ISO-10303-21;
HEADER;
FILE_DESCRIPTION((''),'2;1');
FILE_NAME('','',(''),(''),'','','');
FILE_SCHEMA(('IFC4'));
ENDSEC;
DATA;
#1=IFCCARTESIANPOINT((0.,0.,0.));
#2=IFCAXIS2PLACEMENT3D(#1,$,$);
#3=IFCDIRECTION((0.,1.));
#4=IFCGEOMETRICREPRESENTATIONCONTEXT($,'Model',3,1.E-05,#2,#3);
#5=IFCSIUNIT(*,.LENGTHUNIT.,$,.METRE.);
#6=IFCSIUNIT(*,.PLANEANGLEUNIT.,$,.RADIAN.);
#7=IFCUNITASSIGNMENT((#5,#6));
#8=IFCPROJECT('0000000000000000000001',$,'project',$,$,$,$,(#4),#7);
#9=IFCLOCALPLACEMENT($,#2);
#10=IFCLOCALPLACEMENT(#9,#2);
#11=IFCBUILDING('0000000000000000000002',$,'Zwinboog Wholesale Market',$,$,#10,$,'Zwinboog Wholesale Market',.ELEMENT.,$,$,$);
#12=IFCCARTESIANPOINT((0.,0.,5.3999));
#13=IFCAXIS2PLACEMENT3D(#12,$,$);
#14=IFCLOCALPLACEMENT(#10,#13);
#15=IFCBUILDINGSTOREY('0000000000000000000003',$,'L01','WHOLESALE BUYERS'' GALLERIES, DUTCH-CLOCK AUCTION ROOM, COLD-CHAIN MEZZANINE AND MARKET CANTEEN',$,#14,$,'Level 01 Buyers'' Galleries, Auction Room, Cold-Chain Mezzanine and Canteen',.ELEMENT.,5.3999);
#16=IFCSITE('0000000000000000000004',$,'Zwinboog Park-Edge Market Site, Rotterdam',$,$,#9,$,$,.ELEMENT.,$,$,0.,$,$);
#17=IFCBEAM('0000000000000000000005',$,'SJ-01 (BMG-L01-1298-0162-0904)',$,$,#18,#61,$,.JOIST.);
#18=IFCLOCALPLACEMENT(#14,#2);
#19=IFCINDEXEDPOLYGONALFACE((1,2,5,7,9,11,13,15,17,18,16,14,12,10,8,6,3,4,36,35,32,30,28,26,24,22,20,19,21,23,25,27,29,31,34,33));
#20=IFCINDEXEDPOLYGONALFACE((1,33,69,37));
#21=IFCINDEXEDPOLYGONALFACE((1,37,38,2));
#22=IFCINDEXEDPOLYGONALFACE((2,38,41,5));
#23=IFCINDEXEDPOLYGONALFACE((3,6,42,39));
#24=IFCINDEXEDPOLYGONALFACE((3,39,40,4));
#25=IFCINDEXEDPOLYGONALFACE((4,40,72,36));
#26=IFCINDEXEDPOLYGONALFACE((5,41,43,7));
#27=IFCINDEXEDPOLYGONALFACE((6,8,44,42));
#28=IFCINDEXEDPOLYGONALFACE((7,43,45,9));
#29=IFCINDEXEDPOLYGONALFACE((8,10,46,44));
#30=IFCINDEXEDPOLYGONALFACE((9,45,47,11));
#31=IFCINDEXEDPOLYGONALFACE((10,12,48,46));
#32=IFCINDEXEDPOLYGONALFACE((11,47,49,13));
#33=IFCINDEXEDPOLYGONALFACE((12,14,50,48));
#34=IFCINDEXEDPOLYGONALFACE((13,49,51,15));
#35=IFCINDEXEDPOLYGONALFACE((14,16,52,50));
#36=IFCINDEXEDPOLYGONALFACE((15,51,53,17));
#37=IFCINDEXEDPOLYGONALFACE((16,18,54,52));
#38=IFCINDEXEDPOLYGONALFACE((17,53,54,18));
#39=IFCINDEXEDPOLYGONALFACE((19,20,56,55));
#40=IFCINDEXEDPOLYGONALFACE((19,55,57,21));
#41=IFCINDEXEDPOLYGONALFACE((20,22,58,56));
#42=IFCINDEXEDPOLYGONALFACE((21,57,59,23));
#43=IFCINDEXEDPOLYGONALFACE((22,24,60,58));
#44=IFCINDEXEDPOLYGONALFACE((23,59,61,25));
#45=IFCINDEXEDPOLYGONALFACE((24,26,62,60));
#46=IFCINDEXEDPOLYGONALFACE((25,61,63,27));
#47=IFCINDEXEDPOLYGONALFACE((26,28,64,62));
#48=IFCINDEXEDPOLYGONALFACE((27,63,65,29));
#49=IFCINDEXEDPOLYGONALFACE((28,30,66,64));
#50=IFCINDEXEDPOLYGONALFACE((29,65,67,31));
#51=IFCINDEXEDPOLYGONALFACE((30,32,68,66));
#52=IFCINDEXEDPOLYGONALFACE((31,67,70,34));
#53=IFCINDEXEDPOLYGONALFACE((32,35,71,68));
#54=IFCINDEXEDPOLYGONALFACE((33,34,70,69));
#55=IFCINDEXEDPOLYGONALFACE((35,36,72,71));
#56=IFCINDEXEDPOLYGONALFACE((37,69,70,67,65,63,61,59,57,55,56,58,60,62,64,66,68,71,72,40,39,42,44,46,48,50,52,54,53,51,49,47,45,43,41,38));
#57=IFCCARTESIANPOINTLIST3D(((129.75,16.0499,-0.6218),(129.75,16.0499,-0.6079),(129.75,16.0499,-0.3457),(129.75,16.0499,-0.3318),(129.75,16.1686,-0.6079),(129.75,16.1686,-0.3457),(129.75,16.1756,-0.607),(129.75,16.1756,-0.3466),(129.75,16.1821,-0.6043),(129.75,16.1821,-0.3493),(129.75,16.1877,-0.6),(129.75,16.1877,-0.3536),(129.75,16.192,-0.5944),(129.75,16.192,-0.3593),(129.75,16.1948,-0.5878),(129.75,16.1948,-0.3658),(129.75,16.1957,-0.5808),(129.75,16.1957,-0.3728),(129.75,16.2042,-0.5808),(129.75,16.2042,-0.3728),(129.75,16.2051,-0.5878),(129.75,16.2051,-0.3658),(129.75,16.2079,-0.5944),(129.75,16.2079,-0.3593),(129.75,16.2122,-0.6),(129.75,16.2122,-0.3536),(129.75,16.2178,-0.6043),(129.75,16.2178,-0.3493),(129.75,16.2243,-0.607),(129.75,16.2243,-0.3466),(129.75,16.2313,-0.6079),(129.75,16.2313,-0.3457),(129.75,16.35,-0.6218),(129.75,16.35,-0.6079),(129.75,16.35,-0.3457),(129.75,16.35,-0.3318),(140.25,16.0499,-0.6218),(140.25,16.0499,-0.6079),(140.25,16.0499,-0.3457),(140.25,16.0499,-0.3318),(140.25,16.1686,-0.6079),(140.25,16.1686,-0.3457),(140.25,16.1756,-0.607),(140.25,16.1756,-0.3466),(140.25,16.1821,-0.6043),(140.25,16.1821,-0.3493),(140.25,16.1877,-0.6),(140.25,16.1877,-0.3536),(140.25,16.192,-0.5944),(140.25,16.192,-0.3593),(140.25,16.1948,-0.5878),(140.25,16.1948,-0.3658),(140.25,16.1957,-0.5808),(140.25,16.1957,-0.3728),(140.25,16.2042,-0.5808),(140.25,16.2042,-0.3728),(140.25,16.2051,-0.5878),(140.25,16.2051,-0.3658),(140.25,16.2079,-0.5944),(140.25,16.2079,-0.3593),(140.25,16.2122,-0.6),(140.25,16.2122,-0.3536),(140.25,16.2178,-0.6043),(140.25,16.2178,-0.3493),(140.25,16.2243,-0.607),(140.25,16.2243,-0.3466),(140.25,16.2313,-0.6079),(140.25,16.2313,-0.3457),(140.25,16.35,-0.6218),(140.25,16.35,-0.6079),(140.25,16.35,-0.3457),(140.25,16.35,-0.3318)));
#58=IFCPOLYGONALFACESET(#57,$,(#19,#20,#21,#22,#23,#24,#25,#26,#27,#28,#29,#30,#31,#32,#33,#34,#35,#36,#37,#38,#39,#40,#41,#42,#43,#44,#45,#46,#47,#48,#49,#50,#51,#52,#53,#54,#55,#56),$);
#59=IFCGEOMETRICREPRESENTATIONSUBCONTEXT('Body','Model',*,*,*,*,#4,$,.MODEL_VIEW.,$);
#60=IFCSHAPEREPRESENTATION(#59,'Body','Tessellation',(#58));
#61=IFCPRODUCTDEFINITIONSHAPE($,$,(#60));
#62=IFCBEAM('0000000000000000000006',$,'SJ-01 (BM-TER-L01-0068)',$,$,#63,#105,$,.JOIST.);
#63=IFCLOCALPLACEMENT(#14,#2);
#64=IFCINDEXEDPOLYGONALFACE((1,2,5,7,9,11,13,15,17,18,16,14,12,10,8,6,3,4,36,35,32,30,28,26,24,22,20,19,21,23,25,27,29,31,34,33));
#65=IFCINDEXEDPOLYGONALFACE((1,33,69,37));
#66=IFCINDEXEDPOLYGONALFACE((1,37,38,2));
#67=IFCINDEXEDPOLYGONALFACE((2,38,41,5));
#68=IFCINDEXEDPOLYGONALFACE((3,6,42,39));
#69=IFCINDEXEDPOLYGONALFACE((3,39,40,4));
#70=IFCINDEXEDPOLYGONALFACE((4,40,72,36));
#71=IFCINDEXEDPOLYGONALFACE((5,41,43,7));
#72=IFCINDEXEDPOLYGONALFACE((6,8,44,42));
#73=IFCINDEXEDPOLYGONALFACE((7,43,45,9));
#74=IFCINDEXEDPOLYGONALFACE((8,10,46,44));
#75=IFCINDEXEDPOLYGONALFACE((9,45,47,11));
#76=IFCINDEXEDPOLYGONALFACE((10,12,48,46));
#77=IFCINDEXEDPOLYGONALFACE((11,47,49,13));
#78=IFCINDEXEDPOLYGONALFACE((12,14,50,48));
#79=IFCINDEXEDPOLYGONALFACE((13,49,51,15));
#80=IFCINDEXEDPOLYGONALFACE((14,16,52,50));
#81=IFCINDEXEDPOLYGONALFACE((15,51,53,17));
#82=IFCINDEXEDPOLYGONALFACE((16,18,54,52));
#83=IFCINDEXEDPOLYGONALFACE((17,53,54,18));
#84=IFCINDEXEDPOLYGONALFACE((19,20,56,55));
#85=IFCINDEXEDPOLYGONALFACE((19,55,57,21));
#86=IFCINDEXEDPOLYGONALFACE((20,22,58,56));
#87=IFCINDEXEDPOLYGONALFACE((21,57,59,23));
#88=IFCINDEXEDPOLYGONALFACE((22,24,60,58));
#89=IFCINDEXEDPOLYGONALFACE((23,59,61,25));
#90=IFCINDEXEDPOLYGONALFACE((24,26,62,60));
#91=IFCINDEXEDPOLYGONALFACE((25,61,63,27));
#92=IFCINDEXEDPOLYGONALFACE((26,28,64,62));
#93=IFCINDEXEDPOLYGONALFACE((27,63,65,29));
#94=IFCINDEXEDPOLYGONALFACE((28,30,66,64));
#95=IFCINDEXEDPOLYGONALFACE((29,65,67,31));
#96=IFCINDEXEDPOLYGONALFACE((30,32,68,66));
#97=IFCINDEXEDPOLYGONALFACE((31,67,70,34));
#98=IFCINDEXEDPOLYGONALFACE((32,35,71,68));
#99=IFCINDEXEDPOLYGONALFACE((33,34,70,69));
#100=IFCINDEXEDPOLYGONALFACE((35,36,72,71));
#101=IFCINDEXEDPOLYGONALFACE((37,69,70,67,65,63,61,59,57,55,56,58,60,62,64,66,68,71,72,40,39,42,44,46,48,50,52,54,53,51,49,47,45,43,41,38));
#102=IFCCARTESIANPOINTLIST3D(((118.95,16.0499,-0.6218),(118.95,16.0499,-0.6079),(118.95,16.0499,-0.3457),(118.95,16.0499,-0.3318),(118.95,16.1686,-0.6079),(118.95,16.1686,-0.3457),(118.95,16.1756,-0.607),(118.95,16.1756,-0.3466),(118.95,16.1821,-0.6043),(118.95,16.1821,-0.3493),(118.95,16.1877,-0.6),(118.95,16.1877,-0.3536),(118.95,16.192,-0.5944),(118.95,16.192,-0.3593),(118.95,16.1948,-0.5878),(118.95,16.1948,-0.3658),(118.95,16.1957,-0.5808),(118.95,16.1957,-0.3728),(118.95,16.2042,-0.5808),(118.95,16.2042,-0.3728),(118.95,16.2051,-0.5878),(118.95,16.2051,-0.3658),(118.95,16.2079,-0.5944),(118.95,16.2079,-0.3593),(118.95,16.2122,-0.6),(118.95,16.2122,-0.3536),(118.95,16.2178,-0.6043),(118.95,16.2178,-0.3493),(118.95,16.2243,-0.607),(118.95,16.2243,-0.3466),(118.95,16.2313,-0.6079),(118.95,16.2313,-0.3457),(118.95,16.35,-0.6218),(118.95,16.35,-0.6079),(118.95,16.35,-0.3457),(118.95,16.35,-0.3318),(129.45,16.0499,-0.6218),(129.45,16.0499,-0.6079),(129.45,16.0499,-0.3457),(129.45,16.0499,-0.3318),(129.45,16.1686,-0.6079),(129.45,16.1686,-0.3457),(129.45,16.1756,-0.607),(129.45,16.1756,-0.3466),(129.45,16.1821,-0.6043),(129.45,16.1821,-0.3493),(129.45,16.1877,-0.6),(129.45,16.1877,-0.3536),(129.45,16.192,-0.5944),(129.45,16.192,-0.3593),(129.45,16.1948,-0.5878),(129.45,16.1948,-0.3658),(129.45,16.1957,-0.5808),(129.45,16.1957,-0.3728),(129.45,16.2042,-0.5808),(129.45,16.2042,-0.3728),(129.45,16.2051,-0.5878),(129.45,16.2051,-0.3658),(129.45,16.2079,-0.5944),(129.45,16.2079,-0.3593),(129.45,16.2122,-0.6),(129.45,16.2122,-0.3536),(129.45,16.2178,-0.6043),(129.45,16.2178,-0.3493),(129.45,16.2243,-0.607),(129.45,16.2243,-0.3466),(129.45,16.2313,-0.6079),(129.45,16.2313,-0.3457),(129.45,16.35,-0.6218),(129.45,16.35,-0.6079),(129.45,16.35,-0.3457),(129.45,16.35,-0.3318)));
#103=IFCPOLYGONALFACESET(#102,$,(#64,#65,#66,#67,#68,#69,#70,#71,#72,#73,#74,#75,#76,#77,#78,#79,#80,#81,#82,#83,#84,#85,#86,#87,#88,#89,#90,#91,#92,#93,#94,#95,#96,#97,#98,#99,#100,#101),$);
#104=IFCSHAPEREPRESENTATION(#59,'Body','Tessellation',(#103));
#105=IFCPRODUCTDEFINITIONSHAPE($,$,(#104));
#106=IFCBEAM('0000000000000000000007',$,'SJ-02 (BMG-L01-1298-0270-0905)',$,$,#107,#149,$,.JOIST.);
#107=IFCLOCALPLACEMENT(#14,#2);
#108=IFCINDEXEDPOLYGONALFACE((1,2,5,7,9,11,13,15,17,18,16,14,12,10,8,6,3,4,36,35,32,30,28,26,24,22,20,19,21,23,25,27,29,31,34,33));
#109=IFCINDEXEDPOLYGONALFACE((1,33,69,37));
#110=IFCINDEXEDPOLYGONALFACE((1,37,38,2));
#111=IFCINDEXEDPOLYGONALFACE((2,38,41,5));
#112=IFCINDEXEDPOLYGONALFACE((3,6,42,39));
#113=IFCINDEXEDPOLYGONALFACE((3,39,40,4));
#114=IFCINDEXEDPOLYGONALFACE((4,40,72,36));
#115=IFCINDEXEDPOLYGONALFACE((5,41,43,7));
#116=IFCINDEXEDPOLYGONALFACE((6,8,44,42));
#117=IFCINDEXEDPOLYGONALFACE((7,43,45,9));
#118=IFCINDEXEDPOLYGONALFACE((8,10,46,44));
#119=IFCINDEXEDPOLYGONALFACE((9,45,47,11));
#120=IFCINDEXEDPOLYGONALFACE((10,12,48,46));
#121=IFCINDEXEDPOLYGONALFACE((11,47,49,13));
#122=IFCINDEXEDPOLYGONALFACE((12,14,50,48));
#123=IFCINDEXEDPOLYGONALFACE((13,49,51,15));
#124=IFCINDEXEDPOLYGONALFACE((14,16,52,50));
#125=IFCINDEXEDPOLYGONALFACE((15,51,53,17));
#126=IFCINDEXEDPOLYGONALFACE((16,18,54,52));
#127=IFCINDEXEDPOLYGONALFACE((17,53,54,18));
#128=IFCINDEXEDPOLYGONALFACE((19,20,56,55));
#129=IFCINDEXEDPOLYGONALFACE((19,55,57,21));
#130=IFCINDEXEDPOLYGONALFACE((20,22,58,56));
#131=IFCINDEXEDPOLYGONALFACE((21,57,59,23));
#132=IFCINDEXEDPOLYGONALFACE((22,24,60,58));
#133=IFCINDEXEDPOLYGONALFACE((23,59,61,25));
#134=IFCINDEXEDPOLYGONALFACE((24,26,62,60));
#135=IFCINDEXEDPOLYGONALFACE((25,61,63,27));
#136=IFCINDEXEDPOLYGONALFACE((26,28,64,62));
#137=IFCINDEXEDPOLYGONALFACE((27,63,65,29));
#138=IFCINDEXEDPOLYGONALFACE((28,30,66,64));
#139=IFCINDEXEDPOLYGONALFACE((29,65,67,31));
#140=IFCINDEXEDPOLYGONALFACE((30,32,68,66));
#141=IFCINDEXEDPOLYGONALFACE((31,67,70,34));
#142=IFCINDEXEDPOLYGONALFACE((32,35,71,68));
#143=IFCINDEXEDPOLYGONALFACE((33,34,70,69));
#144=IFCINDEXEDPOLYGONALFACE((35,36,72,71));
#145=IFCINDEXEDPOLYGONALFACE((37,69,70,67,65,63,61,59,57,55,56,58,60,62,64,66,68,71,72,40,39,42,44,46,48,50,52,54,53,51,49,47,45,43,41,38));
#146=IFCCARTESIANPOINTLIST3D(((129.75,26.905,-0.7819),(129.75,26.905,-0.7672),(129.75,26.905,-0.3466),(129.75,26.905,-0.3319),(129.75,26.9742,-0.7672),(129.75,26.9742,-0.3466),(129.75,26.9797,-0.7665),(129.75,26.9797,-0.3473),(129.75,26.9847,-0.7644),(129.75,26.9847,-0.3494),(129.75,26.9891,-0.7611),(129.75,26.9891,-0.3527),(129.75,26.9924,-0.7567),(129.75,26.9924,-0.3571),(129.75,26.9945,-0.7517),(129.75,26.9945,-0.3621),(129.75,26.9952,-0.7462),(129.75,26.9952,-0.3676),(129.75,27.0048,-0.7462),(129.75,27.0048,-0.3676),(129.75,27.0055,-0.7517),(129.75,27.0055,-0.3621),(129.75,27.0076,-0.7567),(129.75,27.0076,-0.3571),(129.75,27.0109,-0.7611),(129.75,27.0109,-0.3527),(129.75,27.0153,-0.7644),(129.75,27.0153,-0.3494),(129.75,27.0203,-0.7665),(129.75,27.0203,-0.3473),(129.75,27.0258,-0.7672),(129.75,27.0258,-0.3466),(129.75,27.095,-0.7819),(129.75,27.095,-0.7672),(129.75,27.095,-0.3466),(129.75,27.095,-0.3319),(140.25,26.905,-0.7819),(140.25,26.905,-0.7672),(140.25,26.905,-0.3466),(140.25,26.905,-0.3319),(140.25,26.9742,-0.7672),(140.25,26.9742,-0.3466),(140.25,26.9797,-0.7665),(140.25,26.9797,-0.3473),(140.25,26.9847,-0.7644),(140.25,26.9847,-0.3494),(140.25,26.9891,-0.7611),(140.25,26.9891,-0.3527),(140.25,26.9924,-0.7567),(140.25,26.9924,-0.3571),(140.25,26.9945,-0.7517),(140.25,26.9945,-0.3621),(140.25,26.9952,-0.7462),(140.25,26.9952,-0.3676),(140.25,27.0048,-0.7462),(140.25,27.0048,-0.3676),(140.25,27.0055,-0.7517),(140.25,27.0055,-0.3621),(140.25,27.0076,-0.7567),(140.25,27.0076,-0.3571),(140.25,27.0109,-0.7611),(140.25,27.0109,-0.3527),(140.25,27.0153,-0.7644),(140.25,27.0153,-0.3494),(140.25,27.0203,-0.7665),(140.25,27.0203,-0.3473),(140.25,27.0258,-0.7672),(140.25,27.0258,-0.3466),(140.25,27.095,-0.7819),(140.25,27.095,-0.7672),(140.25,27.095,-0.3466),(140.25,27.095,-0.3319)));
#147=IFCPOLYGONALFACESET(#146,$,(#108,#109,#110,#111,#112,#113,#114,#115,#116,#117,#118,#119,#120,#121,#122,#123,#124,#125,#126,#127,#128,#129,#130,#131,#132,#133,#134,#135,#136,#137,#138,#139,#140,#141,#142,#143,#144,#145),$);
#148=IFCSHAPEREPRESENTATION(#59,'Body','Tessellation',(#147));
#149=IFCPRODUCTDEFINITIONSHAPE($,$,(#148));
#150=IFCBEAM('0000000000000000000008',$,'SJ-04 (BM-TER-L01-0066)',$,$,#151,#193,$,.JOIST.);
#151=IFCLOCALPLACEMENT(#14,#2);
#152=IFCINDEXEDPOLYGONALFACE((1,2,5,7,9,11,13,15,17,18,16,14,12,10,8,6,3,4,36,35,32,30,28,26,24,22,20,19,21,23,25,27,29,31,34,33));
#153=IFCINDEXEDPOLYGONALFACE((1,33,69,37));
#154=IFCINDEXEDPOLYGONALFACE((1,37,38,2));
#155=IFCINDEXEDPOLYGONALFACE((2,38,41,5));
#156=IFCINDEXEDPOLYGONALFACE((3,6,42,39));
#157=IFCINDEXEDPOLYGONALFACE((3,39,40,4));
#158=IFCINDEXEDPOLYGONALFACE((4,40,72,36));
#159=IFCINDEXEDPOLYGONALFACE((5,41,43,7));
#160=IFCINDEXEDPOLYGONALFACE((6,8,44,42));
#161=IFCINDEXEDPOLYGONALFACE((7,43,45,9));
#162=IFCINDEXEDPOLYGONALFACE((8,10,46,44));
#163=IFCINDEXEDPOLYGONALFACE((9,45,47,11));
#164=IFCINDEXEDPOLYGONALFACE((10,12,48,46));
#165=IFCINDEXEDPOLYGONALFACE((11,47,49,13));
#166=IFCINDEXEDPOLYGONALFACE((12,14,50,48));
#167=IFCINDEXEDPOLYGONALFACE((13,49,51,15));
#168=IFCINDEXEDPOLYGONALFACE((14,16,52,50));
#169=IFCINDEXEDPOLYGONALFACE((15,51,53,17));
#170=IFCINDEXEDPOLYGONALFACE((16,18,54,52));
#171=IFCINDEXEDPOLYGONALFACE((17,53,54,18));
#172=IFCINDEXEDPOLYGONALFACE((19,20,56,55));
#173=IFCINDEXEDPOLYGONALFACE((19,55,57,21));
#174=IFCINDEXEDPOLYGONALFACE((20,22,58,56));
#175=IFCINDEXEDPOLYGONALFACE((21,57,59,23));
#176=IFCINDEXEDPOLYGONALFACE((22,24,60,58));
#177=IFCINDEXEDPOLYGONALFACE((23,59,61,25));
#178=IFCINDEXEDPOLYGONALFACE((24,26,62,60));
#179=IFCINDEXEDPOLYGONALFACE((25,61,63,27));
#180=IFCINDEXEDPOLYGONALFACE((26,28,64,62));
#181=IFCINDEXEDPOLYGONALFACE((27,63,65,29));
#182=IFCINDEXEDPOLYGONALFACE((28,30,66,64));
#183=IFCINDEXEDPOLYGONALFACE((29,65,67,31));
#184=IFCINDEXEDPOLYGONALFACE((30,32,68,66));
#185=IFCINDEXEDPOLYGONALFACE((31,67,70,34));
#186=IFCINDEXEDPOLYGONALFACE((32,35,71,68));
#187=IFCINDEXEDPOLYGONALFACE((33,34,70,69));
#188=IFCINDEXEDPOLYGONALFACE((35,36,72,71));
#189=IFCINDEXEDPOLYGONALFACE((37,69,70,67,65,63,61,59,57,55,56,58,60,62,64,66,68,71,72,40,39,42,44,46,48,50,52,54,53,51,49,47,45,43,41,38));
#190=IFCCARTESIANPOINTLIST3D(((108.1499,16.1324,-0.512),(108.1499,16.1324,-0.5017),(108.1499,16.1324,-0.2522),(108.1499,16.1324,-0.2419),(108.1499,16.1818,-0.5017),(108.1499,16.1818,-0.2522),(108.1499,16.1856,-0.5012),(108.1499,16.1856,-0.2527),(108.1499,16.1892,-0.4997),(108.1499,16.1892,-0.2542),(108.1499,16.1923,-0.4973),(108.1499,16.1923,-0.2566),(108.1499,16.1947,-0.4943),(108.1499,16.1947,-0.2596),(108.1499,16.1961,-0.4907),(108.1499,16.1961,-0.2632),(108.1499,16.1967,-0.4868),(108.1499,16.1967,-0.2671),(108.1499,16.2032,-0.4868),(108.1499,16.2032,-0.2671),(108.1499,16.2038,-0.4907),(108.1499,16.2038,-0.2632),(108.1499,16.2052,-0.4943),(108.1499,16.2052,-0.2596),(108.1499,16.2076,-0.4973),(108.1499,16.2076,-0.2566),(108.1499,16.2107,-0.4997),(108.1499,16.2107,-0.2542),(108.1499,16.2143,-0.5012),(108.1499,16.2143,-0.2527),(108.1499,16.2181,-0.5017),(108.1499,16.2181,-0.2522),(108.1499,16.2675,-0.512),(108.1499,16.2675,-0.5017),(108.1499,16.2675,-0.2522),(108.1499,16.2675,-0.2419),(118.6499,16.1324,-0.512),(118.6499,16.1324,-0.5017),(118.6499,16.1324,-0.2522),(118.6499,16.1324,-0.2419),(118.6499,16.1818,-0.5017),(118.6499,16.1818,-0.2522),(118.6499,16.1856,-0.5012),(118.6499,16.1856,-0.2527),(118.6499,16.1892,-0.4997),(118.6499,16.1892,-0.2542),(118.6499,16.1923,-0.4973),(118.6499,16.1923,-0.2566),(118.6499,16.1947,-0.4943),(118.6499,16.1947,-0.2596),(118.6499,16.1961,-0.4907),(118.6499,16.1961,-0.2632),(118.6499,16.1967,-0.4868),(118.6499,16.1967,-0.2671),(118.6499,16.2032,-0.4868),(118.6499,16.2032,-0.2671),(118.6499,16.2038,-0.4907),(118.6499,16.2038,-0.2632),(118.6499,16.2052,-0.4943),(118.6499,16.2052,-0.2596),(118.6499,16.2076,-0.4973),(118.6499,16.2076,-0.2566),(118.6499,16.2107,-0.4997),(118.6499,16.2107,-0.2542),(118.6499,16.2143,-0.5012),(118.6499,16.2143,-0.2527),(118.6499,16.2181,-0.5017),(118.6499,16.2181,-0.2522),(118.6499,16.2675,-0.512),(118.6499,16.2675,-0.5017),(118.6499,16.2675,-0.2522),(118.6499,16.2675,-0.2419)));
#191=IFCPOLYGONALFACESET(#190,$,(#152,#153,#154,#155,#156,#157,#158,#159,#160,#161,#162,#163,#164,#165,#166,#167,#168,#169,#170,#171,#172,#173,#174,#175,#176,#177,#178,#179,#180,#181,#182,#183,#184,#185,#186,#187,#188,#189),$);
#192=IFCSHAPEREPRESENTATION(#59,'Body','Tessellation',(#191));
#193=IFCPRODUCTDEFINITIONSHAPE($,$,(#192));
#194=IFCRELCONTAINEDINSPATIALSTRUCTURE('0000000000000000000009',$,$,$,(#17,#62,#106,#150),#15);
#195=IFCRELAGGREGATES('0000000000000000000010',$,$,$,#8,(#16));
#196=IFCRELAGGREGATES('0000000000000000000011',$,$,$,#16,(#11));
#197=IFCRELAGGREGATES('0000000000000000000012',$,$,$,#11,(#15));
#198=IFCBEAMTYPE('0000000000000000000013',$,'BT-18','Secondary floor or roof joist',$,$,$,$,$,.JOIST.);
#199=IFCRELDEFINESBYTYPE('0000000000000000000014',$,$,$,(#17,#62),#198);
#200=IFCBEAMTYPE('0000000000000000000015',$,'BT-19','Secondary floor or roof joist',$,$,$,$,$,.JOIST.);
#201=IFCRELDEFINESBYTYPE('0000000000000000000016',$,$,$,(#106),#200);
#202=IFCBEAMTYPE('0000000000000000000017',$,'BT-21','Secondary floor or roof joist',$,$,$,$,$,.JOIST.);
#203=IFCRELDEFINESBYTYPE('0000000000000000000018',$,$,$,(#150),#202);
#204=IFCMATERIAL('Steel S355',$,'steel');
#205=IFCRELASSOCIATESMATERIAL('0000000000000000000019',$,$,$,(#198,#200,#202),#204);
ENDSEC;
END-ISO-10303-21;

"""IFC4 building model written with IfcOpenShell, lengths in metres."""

from ifc_helpers import new_model, si_unit, direction, frame, origin, origin_2d, place, context, subcontext, project, spatial, i_section, extrude, material, material_profile, profile_set, type_object, element, save


model = new_model("IFC4")

# Units and contexts
model_context = context("Model", 3, precision=1e-05, world=origin(), true_north=direction((0.0, 1.0)))
body_context = subcontext(model_context, "Body", "Model", "MODEL_VIEW")
ifc_project = project(units=[si_unit("LENGTHUNIT", "METRE"), si_unit("PLANEANGLEUNIT", "RADIAN")], contexts=[model_context])

# Site, building, storey
site_placement = place(None, origin())
site = spatial("IfcSite", under=ifc_project, at=site_placement, Name="Zwinboog Park-Edge Market Site, Rotterdam", CompositionType="ELEMENT", RefElevation=0.0)
building_placement = place(site_placement, origin())
building = spatial("IfcBuilding", under=site, at=building_placement, Name="Zwinboog Wholesale Market", LongName="Zwinboog Wholesale Market", CompositionType="ELEMENT")
storey_placement = place(building_placement, frame((0.0, 0.0, 5.3999)))
storey = spatial("IfcBuildingStorey", under=building, at=storey_placement, Name="L01", Description="WHOLESALE BUYERS' GALLERIES, DUTCH-CLOCK AUCTION ROOM, COLD-CHAIN MEZZANINE AND MARKET CANTEEN", LongName="Level 01 Buyers' Galleries, Auction Room, Cold-Chain Mezzanine and Canteen", CompositionType="ELEMENT", Elevation=5.3999)

# Beams
ifc_material_1 = material(Name="Steel S355", Category="steel")
ifc_material_profile_1 = material_profile(ifc_material_1, i_section(OverallWidth=0.3, OverallDepth=0.29, WebThickness=0.0085, FlangeThickness=0.0139, FilletRadius=0.0271, at=origin_2d()), Name="HEA 300")
ifc_profile_set_1 = profile_set([ifc_material_profile_1], Name="Steel S355")
beam_type_1 = type_object("IfcBeamType", Name="BT-18", Description="Secondary floor or roof joist", PredefinedType="JOIST", material=ifc_profile_set_1)
for number, where, z_axis, x_axis, name in (
    (1, (129.75, 16.2, -0.4768), (1.0, 0.0, 0.0), (0.0, 1.0, 0.0), "SJ-01 (BMG-L01-1298-0162-0904)"),
    (2, (118.95, 16.2, -0.4768), (1.0, 0.0, 0.0), (0.0, 1.0, 0.0), "SJ-01 (BM-TER-L01-0068)"),
):
    element("IfcBeam", number, at=place(storey_placement, frame(where, z_axis=z_axis, x_axis=x_axis)), inside=storey, type_object=beam_type_1, Name=name, PredefinedType="JOIST", context=body_context, shape_type="SweptSolid", body=[
        extrude(i_section(OverallWidth=0.3, OverallDepth=0.29, WebThickness=0.0085, FlangeThickness=0.0139, FilletRadius=0.0271, at=origin_2d()), origin(), (0.0, 0.0, 1.0), 10.5),
    ])
ifc_material_profile_2 = material_profile(ifc_material_1, i_section(OverallWidth=0.1899, OverallDepth=0.45, WebThickness=0.0095, FlangeThickness=0.0146, FilletRadius=0.021, at=origin_2d()), Name="IPE 450")
ifc_profile_set_2 = profile_set([ifc_material_profile_2], Name="Steel S355")
beam_type_2 = type_object("IfcBeamType", Name="BT-19", Description="Secondary floor or roof joist", PredefinedType="JOIST", material=ifc_profile_set_2)
beam_1_placement = place(storey_placement, frame((129.75, 27.0, -0.5569), z_axis=(1.0, 0.0, 0.0), x_axis=(0.0, 1.0, 0.0)))
element("IfcBeam", 3, at=beam_1_placement, inside=storey, type_object=beam_type_2, Name="SJ-02 (BMG-L01-1298-0270-0905)", PredefinedType="JOIST", context=body_context, shape_type="SweptSolid", body=[
    extrude(i_section(OverallWidth=0.1899, OverallDepth=0.45, WebThickness=0.0095, FlangeThickness=0.0146, FilletRadius=0.021, at=origin_2d()), origin(), (0.0, 0.0, 1.0), 10.5),
])
ifc_material_profile_3 = material_profile(ifc_material_1, i_section(OverallWidth=0.135, OverallDepth=0.27, WebThickness=0.0066, FlangeThickness=0.0103, FilletRadius=0.0149, at=origin_2d()), Name="IPE 270")
ifc_profile_set_3 = profile_set([ifc_material_profile_3], Name="Steel S355")
beam_type_3 = type_object("IfcBeamType", Name="BT-21", Description="Secondary floor or roof joist", PredefinedType="JOIST", material=ifc_profile_set_3)
beam_2_placement = place(storey_placement, frame((108.1499, 16.2, -0.377), z_axis=(1.0, 0.0, 0.0), x_axis=(0.0, 1.0, 0.0)))
element("IfcBeam", 4, at=beam_2_placement, inside=storey, type_object=beam_type_3, Name="SJ-04 (BM-TER-L01-0066)", PredefinedType="JOIST", context=body_context, shape_type="SweptSolid", body=[
    extrude(i_section(OverallWidth=0.135, OverallDepth=0.27, WebThickness=0.0066, FlangeThickness=0.0103, FilletRadius=0.0149, at=origin_2d()), origin(), (0.0, 0.0, 1.0), 10.5),
])

save(model, "model.ifc")
